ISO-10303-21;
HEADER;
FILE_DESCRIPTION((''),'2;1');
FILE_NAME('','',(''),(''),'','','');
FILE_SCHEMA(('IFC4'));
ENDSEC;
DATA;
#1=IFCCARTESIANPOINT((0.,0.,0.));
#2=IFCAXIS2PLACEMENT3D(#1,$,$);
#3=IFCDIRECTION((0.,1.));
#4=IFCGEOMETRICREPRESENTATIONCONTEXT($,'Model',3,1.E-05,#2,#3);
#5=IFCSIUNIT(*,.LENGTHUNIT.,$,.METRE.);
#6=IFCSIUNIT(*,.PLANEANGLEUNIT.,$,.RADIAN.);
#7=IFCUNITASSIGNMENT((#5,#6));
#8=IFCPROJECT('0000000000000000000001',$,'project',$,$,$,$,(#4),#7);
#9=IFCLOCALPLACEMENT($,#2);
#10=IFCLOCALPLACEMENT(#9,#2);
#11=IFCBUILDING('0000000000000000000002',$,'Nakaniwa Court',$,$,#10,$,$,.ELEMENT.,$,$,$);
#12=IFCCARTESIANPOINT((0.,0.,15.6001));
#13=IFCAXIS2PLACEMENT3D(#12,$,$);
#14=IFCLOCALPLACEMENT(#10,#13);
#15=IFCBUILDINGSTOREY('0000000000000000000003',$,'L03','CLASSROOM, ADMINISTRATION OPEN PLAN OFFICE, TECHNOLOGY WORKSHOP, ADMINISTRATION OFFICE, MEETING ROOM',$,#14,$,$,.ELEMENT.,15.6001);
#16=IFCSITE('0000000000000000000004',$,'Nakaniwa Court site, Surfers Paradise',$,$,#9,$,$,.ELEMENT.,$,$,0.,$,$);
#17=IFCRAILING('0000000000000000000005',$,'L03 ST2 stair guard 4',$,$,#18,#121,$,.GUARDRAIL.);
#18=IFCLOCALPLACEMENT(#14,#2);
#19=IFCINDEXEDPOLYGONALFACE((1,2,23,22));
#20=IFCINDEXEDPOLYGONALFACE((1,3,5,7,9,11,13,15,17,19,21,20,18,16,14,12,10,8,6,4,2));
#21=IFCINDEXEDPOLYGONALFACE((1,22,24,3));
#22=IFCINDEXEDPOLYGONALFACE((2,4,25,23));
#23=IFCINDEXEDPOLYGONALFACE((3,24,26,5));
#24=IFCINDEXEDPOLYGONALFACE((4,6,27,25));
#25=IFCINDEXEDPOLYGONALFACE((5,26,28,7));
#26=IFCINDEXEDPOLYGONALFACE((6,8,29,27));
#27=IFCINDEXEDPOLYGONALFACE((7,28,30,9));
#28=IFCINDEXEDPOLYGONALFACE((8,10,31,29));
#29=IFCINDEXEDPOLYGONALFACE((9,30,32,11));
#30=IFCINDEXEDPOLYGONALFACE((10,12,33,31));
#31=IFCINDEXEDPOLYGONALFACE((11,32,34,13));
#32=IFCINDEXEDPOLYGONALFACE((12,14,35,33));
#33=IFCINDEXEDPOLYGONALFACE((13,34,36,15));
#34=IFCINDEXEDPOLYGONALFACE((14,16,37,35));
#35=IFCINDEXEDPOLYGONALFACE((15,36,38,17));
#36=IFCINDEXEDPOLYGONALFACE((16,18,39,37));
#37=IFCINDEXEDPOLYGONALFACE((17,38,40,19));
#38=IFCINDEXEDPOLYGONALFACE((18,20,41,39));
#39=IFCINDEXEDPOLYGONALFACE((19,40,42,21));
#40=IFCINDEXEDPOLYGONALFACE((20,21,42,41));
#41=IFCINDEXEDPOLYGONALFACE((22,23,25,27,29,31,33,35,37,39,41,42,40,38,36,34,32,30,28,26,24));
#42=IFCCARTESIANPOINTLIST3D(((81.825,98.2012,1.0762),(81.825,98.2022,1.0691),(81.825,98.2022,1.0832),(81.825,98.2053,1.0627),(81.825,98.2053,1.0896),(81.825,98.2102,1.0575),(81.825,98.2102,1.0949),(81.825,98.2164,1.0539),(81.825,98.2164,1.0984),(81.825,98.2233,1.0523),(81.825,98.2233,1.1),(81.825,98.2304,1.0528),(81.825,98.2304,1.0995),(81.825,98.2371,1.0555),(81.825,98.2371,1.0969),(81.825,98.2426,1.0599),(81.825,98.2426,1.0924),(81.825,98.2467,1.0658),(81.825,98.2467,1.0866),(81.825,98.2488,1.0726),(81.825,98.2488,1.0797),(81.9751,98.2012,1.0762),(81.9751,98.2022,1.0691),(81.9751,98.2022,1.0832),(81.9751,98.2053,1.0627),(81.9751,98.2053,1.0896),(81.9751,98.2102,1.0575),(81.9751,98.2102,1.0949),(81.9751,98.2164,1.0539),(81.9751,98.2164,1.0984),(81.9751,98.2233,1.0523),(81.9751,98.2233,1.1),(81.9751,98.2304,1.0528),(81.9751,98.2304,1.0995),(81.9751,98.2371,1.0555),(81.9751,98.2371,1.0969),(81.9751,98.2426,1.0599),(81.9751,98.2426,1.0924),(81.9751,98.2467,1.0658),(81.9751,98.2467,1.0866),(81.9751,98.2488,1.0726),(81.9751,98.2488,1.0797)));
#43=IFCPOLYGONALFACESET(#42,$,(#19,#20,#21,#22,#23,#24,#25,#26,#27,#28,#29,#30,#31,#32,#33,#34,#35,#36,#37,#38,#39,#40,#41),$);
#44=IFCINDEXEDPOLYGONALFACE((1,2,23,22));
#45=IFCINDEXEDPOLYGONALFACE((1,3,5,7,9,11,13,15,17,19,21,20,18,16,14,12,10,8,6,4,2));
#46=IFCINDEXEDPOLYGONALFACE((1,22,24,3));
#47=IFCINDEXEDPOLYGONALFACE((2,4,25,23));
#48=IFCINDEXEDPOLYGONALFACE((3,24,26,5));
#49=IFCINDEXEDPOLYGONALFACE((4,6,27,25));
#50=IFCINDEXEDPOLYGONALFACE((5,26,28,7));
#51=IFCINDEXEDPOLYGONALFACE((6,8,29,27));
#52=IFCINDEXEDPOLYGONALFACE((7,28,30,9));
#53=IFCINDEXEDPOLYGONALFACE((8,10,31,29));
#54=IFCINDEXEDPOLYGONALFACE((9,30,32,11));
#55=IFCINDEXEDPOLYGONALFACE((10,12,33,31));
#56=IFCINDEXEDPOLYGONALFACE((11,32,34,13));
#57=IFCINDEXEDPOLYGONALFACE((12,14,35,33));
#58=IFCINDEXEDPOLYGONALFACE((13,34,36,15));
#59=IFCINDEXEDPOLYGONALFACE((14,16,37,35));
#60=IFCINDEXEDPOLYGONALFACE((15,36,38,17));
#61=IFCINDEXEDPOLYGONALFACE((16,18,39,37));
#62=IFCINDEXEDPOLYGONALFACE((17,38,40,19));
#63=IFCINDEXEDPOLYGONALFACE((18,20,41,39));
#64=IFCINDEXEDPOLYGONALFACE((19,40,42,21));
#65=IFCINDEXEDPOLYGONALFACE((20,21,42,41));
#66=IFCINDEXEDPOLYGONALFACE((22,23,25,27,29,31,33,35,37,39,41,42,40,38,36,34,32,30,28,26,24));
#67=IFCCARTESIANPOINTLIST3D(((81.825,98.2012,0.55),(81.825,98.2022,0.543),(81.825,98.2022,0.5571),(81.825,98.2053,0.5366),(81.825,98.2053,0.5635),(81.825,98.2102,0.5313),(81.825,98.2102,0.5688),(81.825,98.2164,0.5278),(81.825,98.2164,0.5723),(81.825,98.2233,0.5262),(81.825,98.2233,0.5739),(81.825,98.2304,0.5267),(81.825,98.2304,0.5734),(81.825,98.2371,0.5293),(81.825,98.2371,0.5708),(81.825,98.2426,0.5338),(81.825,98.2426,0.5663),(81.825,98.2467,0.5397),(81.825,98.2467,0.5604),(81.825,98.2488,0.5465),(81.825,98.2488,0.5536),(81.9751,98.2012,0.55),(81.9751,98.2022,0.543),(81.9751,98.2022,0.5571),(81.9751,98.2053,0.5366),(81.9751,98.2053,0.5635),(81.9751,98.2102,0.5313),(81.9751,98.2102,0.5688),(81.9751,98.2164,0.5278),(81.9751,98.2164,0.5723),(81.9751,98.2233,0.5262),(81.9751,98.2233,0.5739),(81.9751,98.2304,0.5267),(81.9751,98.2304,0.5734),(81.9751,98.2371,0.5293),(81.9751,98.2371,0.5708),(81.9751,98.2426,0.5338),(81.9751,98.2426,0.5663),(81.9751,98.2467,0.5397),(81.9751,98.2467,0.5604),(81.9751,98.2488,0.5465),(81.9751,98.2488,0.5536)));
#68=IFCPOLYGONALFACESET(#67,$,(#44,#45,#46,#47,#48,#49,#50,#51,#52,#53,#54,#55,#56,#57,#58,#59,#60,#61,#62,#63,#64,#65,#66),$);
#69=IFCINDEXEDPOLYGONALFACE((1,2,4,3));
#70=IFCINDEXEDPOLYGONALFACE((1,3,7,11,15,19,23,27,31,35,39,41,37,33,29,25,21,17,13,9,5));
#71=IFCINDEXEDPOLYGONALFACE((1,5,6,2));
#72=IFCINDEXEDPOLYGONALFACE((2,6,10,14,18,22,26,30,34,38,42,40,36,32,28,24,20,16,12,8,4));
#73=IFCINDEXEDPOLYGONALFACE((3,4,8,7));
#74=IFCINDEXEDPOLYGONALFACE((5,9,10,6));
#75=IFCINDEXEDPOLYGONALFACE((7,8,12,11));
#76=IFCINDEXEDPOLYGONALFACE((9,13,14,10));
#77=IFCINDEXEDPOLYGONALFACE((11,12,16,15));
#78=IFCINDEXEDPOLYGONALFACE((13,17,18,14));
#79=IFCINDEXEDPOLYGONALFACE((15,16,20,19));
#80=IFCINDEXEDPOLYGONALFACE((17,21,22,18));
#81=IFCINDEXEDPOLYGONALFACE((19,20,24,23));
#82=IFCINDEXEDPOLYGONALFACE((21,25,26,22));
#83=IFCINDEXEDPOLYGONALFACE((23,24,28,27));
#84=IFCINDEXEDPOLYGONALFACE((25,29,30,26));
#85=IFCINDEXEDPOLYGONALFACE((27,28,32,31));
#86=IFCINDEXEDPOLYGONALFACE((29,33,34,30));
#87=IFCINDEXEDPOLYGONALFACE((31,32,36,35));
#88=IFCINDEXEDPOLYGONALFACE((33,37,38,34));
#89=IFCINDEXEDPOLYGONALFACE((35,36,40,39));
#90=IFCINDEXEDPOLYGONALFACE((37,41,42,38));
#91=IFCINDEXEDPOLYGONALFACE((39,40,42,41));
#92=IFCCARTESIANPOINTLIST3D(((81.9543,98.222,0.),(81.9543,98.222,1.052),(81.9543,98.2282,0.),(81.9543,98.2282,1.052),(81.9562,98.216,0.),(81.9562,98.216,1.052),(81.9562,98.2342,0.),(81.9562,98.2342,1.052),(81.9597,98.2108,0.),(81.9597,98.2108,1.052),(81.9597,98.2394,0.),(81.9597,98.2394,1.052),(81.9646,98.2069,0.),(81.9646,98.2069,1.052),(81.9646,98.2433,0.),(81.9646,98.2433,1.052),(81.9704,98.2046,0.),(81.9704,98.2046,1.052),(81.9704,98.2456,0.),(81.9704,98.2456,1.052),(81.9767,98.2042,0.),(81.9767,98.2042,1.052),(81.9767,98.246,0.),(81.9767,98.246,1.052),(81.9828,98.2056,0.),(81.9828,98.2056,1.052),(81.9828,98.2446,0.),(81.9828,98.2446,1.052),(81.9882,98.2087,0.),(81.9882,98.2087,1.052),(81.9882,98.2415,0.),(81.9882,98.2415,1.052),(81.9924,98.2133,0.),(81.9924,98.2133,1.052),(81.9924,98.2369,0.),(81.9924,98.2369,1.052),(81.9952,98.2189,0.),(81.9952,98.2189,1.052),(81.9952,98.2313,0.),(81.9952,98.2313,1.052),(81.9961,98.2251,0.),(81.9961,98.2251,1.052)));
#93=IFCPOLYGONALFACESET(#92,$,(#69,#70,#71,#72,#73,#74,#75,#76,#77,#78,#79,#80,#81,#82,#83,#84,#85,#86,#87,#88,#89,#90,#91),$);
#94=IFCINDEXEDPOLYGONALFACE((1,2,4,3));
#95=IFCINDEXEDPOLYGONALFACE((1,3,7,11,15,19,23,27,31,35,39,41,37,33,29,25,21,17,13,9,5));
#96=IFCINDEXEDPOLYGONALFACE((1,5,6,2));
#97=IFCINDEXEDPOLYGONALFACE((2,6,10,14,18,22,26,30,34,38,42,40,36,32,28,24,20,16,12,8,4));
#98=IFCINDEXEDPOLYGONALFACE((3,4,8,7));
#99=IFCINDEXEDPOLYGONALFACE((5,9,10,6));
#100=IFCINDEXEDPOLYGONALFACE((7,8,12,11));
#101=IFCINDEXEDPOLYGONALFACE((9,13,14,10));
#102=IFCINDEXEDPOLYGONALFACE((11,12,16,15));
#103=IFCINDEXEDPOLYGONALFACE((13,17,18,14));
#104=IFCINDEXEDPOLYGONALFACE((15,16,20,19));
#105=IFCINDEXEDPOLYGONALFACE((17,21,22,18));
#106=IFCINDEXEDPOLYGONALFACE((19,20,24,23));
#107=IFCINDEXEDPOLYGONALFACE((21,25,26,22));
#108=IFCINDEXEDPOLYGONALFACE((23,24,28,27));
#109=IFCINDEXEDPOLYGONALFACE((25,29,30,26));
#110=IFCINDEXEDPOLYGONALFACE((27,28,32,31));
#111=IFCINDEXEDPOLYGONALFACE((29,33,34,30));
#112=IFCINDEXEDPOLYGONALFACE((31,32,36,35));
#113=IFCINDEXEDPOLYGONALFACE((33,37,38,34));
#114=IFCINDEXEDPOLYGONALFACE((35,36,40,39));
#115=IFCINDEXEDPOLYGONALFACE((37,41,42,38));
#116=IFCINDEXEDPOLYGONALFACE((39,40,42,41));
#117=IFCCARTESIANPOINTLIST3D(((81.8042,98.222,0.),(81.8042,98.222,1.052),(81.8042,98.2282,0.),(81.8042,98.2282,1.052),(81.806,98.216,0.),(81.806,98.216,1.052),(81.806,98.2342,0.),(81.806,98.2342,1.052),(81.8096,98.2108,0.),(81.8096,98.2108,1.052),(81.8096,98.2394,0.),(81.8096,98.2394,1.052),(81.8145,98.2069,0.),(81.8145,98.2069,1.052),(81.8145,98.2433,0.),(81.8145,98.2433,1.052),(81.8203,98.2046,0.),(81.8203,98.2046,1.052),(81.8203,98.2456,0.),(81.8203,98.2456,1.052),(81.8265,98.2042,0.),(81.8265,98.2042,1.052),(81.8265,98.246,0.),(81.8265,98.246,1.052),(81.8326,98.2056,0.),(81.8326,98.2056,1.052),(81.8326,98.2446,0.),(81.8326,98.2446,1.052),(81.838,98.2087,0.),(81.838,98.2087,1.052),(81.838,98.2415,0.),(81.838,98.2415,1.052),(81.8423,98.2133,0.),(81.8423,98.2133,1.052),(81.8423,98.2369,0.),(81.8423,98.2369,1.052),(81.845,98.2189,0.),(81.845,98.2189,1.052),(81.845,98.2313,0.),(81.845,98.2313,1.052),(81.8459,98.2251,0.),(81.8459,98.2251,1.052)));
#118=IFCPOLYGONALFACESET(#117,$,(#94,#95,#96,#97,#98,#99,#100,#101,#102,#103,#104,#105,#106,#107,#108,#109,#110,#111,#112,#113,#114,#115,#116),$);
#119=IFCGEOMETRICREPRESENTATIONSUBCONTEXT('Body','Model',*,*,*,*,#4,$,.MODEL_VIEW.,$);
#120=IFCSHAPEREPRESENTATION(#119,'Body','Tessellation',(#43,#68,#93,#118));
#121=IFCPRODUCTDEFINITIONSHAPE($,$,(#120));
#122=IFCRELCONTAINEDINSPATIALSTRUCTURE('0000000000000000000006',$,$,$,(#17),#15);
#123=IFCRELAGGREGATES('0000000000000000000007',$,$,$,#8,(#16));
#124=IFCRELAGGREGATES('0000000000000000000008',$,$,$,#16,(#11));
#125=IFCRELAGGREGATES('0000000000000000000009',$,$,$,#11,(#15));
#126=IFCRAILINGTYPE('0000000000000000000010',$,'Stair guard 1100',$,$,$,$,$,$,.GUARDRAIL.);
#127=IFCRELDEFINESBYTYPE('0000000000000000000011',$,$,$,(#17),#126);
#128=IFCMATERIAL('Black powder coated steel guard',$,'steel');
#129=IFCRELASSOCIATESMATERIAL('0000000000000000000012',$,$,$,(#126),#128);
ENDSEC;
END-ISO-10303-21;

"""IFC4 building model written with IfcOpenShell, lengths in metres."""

from ifc_helpers import new_model, si_unit, direction, frame, origin, origin_2d, place, context, subcontext, project, spatial, circle, extrude, material, type_object, element, save


model = new_model("IFC4")

# Units and contexts
model_context = context("Model", 3, precision=1e-05, world=origin(), true_north=direction((0.0, 1.0)))
body_context = subcontext(model_context, "Body", "Model", "MODEL_VIEW")
ifc_project = project(units=[si_unit("LENGTHUNIT", "METRE"), si_unit("PLANEANGLEUNIT", "RADIAN")], contexts=[model_context])

# Site, building, storey
site_placement = place(None, origin())
site = spatial("IfcSite", under=ifc_project, at=site_placement, Name="Nakaniwa Court site, Surfers Paradise", CompositionType="ELEMENT", RefElevation=0.0)
building_placement = place(site_placement, origin())
building = spatial("IfcBuilding", under=site, at=building_placement, Name="Nakaniwa Court", CompositionType="ELEMENT")
storey_placement = place(building_placement, frame((0.0, 0.0, 15.6001)))
storey = spatial("IfcBuildingStorey", under=building, at=storey_placement, Name="L03", Description="CLASSROOM, ADMINISTRATION OPEN PLAN OFFICE, TECHNOLOGY WORKSHOP, ADMINISTRATION OFFICE, MEETING ROOM", CompositionType="ELEMENT", Elevation=15.6001)

# Railing
ifc_material_1 = material(Name="Black powder coated steel guard", Category="steel")
railing_type = type_object("IfcRailingType", Name="Stair guard 1100", PredefinedType="GUARDRAIL", material=ifc_material_1)
railing_placement = place(storey_placement, frame((81.9751, 98.2251, 0.0)))
element("IfcRailing", 1, at=railing_placement, inside=storey, type_object=railing_type, Name="L03 ST2 stair guard 4", PredefinedType="GUARDRAIL", context=body_context, shape_type="SweptSolid", body=[
    extrude(circle(Radius=0.0239, at=origin_2d()), frame((0.0, 0.0, 1.0762), z_axis=(-1.0, 0.0, 0.0), x_axis=(0.0, -1.0, 0.0)), (0.0, 0.0, 1.0), 0.1501),
    extrude(circle(Radius=0.0239, at=origin_2d()), frame((0.0, 0.0, 0.55), z_axis=(-1.0, 0.0, 0.0), x_axis=(0.0, -1.0, 0.0)), (0.0, 0.0, 1.0), 0.1501),
    extrude(circle(Radius=0.021, at=origin_2d()), origin(), (0.0, 0.0, 1.0), 1.052),
    extrude(circle(Radius=0.021, at=origin_2d()), frame((-0.1501, 0.0, 0.0)), (0.0, 0.0, 1.0), 1.052),
])

save(model, "model.ifc")
